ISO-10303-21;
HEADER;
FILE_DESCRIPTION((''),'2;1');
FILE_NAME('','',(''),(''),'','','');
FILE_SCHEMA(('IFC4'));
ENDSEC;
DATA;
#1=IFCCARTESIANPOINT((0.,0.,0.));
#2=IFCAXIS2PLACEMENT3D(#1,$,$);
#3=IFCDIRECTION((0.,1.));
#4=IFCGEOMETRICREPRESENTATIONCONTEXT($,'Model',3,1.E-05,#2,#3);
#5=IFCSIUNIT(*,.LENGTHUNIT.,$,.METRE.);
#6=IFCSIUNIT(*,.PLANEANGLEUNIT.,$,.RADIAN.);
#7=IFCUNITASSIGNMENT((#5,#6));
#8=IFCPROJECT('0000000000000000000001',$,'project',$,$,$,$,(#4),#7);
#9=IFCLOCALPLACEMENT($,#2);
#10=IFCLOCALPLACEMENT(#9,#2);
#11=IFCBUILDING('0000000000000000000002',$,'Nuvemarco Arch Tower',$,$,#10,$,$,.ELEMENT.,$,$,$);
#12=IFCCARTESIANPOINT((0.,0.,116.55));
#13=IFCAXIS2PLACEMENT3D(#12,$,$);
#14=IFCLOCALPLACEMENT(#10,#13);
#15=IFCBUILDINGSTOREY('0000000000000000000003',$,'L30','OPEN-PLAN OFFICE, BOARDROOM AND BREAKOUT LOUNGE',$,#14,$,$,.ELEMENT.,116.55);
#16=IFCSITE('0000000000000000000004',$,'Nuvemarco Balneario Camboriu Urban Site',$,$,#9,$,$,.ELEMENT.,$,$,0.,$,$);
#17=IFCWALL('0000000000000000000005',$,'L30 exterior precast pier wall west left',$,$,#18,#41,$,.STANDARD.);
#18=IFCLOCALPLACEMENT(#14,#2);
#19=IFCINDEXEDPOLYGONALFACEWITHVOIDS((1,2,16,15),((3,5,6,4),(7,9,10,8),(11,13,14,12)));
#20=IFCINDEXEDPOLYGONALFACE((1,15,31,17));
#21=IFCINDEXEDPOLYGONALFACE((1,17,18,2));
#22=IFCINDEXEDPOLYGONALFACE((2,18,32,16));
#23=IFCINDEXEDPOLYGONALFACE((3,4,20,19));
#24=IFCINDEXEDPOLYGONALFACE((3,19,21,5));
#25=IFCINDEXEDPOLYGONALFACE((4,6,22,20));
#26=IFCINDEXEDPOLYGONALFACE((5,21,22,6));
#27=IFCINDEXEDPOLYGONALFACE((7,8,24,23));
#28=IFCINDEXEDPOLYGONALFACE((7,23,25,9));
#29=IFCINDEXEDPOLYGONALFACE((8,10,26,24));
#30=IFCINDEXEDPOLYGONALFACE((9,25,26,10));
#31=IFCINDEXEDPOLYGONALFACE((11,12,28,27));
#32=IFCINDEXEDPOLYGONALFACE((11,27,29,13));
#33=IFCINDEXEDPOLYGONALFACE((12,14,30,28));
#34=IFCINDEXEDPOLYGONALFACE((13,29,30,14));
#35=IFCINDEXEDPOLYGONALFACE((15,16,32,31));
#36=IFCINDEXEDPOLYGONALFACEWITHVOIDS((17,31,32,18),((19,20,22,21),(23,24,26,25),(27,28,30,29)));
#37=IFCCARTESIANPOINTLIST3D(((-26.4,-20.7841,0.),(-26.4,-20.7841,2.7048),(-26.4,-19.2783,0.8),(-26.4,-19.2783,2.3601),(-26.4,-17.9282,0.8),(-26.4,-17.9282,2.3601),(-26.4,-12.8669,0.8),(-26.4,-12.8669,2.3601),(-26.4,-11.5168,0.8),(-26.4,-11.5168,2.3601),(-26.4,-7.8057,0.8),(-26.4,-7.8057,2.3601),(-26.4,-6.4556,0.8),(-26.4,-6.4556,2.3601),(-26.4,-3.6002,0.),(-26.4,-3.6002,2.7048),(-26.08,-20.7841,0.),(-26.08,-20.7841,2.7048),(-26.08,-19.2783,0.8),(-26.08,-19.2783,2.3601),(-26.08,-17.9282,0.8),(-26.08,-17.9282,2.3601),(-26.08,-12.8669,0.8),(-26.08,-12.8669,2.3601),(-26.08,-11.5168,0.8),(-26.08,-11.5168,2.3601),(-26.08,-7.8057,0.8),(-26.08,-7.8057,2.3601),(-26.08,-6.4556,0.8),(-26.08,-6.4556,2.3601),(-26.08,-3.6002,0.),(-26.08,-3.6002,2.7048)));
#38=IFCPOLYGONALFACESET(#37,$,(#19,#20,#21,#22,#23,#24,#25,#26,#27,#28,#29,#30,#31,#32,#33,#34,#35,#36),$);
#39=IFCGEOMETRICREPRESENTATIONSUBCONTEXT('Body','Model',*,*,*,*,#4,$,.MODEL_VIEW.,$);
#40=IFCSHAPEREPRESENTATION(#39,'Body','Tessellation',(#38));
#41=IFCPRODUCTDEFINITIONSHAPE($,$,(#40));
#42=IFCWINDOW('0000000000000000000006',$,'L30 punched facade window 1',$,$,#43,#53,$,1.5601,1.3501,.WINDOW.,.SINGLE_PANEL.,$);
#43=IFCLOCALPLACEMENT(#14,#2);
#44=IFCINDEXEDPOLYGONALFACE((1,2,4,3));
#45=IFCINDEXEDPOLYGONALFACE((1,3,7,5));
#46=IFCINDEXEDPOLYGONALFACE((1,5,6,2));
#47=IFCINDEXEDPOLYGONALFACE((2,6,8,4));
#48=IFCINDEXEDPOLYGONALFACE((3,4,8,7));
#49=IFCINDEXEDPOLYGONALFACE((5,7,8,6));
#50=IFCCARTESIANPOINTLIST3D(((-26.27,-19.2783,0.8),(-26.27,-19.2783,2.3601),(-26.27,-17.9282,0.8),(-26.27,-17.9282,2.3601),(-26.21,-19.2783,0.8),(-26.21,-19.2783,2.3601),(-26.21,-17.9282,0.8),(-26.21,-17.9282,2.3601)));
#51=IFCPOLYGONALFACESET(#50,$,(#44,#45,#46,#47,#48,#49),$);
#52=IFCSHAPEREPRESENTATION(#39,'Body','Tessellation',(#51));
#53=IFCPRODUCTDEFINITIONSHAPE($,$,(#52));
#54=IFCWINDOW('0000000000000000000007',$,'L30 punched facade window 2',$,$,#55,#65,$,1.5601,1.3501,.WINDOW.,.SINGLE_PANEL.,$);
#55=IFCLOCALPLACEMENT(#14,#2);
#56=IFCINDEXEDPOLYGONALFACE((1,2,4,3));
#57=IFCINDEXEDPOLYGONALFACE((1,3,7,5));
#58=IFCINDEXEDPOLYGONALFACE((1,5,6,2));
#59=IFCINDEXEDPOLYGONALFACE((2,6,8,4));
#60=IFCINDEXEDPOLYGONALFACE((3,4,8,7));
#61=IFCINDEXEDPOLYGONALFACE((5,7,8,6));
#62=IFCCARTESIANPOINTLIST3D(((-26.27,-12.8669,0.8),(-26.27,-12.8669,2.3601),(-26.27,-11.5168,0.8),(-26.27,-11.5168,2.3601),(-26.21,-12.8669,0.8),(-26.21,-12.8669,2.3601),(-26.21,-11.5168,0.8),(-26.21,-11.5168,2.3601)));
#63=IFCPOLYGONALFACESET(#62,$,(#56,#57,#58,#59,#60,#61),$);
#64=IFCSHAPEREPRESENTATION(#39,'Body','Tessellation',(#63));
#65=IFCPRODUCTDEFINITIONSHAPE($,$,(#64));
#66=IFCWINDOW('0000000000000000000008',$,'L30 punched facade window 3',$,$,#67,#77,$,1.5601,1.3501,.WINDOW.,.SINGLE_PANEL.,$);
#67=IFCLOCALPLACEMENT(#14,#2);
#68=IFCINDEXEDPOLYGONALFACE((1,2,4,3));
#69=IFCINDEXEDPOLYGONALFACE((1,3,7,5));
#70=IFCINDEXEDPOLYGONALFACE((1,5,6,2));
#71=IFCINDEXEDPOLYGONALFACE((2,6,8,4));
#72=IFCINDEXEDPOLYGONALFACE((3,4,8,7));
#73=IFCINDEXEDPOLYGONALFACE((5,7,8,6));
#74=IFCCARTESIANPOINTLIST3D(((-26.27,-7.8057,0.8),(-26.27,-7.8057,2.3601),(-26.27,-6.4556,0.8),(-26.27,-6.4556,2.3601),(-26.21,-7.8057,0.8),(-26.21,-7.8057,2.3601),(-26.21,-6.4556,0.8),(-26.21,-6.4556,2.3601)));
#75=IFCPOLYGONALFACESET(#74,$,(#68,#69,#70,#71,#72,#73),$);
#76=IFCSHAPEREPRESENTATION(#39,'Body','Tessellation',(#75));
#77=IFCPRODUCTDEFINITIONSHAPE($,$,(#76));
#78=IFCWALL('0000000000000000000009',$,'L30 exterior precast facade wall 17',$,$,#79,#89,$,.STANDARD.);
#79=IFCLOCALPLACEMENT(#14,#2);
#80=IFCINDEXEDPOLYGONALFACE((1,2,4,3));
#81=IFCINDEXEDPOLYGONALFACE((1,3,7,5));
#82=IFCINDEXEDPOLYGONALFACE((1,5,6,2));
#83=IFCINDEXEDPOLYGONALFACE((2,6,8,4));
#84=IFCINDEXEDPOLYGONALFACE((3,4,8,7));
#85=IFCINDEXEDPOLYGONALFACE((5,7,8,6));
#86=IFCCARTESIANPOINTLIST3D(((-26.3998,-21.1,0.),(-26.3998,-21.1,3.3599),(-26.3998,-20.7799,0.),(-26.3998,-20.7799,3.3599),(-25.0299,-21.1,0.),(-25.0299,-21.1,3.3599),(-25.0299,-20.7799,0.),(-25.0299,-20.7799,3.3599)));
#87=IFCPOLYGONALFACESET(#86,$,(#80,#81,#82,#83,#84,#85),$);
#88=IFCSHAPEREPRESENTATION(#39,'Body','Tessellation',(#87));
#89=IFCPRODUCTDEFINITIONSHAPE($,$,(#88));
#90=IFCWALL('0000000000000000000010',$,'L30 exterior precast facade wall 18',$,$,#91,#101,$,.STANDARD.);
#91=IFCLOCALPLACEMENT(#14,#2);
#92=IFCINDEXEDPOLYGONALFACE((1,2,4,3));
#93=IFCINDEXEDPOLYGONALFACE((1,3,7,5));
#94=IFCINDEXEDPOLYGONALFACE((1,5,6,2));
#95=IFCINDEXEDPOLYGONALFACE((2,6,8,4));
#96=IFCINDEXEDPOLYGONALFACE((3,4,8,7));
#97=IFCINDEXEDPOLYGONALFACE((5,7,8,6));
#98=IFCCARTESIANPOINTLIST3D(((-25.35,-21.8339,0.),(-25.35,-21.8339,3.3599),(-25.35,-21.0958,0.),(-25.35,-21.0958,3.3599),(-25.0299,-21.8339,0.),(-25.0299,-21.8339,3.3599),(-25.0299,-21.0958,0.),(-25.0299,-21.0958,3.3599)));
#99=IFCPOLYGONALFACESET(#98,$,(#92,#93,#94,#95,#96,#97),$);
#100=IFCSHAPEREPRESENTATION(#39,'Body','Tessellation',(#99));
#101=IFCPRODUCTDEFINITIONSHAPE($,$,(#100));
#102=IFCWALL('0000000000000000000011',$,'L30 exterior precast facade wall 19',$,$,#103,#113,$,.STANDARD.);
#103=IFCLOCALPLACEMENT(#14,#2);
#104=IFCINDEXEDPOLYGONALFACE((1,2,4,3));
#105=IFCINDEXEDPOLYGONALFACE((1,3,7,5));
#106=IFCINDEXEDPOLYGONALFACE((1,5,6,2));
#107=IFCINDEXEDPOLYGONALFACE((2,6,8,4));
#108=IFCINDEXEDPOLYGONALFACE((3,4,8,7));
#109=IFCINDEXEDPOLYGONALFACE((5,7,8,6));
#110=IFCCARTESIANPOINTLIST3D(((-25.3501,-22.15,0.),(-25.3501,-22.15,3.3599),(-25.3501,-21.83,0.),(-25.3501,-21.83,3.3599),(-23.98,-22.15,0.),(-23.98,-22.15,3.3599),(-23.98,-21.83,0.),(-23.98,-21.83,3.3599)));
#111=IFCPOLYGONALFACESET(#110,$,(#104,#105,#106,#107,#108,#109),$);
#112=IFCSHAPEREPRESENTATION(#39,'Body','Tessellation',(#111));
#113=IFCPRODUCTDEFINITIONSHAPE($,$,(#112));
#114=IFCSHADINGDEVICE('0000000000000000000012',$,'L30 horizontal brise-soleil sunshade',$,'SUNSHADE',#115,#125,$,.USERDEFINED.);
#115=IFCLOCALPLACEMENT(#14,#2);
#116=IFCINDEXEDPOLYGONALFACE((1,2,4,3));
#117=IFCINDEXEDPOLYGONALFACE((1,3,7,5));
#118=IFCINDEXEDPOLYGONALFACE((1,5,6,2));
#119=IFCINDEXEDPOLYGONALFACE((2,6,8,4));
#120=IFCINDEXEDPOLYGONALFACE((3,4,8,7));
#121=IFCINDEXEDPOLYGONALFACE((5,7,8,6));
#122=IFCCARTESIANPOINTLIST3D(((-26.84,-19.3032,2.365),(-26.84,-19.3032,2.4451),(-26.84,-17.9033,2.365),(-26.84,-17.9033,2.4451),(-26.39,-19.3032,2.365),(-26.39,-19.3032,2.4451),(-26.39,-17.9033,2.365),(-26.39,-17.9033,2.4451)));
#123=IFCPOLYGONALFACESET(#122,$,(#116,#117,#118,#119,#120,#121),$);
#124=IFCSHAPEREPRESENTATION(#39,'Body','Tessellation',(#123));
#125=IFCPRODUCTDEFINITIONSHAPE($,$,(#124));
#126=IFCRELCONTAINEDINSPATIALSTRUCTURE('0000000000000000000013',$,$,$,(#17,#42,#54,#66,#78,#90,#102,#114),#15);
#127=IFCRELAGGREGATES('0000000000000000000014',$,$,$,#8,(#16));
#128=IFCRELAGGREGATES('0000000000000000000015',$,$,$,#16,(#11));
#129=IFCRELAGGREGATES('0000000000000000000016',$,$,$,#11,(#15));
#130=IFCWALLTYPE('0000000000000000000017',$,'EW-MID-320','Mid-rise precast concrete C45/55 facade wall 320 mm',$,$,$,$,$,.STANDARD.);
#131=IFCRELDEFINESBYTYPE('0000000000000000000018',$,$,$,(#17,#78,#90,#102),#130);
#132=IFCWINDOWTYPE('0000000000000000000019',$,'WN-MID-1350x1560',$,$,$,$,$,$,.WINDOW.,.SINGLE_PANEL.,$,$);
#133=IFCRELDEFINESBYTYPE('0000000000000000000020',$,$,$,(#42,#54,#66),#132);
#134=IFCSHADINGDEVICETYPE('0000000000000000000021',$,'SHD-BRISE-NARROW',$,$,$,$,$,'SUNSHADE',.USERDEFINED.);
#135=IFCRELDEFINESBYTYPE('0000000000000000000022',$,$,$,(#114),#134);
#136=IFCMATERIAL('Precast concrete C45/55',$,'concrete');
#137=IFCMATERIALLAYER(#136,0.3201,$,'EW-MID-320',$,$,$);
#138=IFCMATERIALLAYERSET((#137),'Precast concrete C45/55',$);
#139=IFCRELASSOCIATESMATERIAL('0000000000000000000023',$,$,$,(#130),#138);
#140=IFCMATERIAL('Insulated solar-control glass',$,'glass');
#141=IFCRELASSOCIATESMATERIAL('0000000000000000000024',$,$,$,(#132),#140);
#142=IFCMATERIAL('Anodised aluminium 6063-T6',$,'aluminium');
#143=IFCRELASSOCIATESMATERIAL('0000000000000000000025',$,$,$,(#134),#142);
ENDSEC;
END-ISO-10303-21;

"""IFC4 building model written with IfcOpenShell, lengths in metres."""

from ifc_helpers import new_model, si_unit, direction, frame, frame_2d, origin, origin_2d, place, context, subcontext, project, spatial, rectangle, extrude, source, transform, mapped, material, layer, layer_set, type_object, type_shapes, element, fill, save


model = new_model("IFC4")

# Units and contexts
model_context = context("Model", 3, precision=1e-05, world=origin(), true_north=direction((0.0, 1.0)))
body_context = subcontext(model_context, "Body", "Model", "MODEL_VIEW")
ifc_project = project(units=[si_unit("LENGTHUNIT", "METRE"), si_unit("PLANEANGLEUNIT", "RADIAN")], contexts=[model_context])

# Site, building, storey
site_placement = place(None, origin())
site = spatial("IfcSite", under=ifc_project, at=site_placement, Name="Nuvemarco Balneario Camboriu Urban Site", CompositionType="ELEMENT", RefElevation=0.0)
building_placement = place(site_placement, origin())
building = spatial("IfcBuilding", under=site, at=building_placement, Name="Nuvemarco Arch Tower", CompositionType="ELEMENT")
storey_placement = place(building_placement, frame((0.0, 0.0, 116.55)))
storey = spatial("IfcBuildingStorey", under=building, at=storey_placement, Name="L30", Description="OPEN-PLAN OFFICE, BOARDROOM AND BREAKOUT LOUNGE", CompositionType="ELEMENT", Elevation=116.55)

# Shared definitions
ifc_material_1 = material(Name="Precast concrete C45/55", Category="concrete")

# Wall, openings, windows
ifc_layer = layer(ifc_material_1, 0.3201, Name="EW-MID-320")
ifc_layer_set = layer_set([ifc_layer], Name="Precast concrete C45/55")
wall_type = type_object("IfcWallType", Name="EW-MID-320", Description="Mid-rise precast concrete C45/55 facade wall 320 mm", PredefinedType="STANDARD", material=ifc_layer_set)
wall_1_placement = place(storey_placement, frame((-26.24, -20.7839, 0.0), z_axis=(0.0, 0.0, 1.0), x_axis=(0.0, 1.0, 0.0)))
wall_1 = element("IfcWall", 1, at=wall_1_placement, inside=storey, type_object=wall_type, Name="L30 exterior precast pier wall west left", PredefinedType="STANDARD", context=body_context, shape_type="SweptSolid", body=[
    extrude(rectangle(XDim=17.1838, YDim=0.3201, at=frame_2d((8.5918, 0.0))), origin(), (0.0, 0.0, 1.0), 2.7048),
])
opening_1_placement = place(wall_1_placement, frame((1.5056, 0.0, 0.8)))
opening_1 = element("IfcOpeningElement", 2, at=opening_1_placement, cuts=wall_1, PredefinedType="OPENING", context=body_context, shape_type="SweptSolid", body=[
    extrude(rectangle(XDim=1.3501, YDim=1.5601, at=frame_2d((0.675, 0.78))), frame((0.0, 0.1699, 0.0), z_axis=(0.0, -1.0, 0.0), x_axis=(1.0, 0.0, 0.0)), (0.0, 0.0, 1.0), 0.3401),
])
opening_2_placement = place(wall_1_placement, frame((7.917, 0.0, 0.8)))
opening_2 = element("IfcOpeningElement", 3, at=opening_2_placement, cuts=wall_1, PredefinedType="OPENING", context=body_context, shape_type="SweptSolid", body=[
    extrude(rectangle(XDim=1.3501, YDim=1.5601, at=frame_2d((0.675, 0.78))), frame((0.0, 0.1699, 0.0), z_axis=(0.0, -1.0, 0.0), x_axis=(1.0, 0.0, 0.0)), (0.0, 0.0, 1.0), 0.3401),
])
opening_3_placement = place(wall_1_placement, frame((12.9783, 0.0, 0.8)))
opening_3 = element("IfcOpeningElement", 4, at=opening_3_placement, cuts=wall_1, PredefinedType="OPENING", context=body_context, shape_type="SweptSolid", body=[
    extrude(rectangle(XDim=1.3501, YDim=1.5601, at=frame_2d((0.675, 0.78))), frame((0.0, 0.1699, 0.0), z_axis=(0.0, -1.0, 0.0), x_axis=(1.0, 0.0, 0.0)), (0.0, 0.0, 1.0), 0.3401),
])
ifc_material_2 = material(Name="Insulated solar-control glass", Category="glass")
window_type = type_object("IfcWindowType", Name="WN-MID-1350x1560", PartitioningType="SINGLE_PANEL", PredefinedType="WINDOW", material=ifc_material_2)
shared_shape_1 = source(origin(), body_context, "Body", "SweptSolid", [
    extrude(rectangle(XDim=1.3501, YDim=1.5601, at=frame_2d((0.675, 0.78))), frame((0.0, 0.03, 0.0), z_axis=(0.0, -1.0, 0.0), x_axis=(1.0, 0.0, 0.0)), (0.0, 0.0, 1.0), 0.0601),
])
type_shapes(window_type, [shared_shape_1])
window_1_placement = place(opening_1_placement, origin())
window_1 = element("IfcWindow", 5, at=window_1_placement, inside=storey, type_object=window_type, Name="L30 punched facade window 1", OverallHeight=1.5601, OverallWidth=1.3501, PartitioningType="SINGLE_PANEL", PredefinedType="WINDOW", context=body_context, shape_type="MappedRepresentation", body=[
    mapped(shared_shape_1, transform((0.0, 0.0, 0.0), scale=1.0)),
])
fill(opening_1, window_1)
window_2_placement = place(opening_2_placement, origin())
window_2 = element("IfcWindow", 6, at=window_2_placement, inside=storey, type_object=window_type, Name="L30 punched facade window 2", OverallHeight=1.5601, OverallWidth=1.3501, PartitioningType="SINGLE_PANEL", PredefinedType="WINDOW", context=body_context, shape_type="MappedRepresentation", body=[
    mapped(shared_shape_1, transform((0.0, 0.0, 0.0), scale=1.0)),
])
fill(opening_2, window_2)
window_3_placement = place(opening_3_placement, origin())
window_3 = element("IfcWindow", 7, at=window_3_placement, inside=storey, type_object=window_type, Name="L30 punched facade window 3", OverallHeight=1.5601, OverallWidth=1.3501, PartitioningType="SINGLE_PANEL", PredefinedType="WINDOW", context=body_context, shape_type="MappedRepresentation", body=[
    mapped(shared_shape_1, transform((0.0, 0.0, 0.0), scale=1.0)),
])
fill(opening_3, window_3)

# Walls
wall_2_placement = place(storey_placement, frame((-26.3999, -20.9399, 0.0), z_axis=(0.0, 0.0, 1.0), x_axis=(1.0, 0.0, 0.0)))
element("IfcWall", 8, at=wall_2_placement, inside=storey, type_object=wall_type, Name="L30 exterior precast facade wall 17", PredefinedType="STANDARD", context=body_context, shape_type="SweptSolid", body=[
    extrude(rectangle(XDim=1.3699, YDim=0.3201, at=frame_2d((0.6851, 0.0))), origin(), (0.0, 0.0, 1.0), 3.3599),
])
wall_3_placement = place(storey_placement, frame((-25.1899, -21.834, 0.0), z_axis=(0.0, 0.0, 1.0), x_axis=(0.0, 1.0, 0.0)))
element("IfcWall", 9, at=wall_3_placement, inside=storey, type_object=wall_type, Name="L30 exterior precast facade wall 18", PredefinedType="STANDARD", context=body_context, shape_type="SweptSolid", body=[
    extrude(rectangle(XDim=0.738, YDim=0.3201, at=frame_2d((0.3691, 0.0))), origin(), (0.0, 0.0, 1.0), 3.3599),
])
wall_4_placement = place(storey_placement, frame((-25.3501, -21.99, 0.0), z_axis=(0.0, 0.0, 1.0), x_axis=(1.0, 0.0, 0.0)))
element("IfcWall", 10, at=wall_4_placement, inside=storey, type_object=wall_type, Name="L30 exterior precast facade wall 19", PredefinedType="STANDARD", context=body_context, shape_type="SweptSolid", body=[
    extrude(rectangle(XDim=1.3701, YDim=0.3201, at=frame_2d((0.6851, 0.0))), origin(), (0.0, 0.0, 1.0), 3.3599),
])

# Shading device
ifc_material_3 = material(Name="Anodised aluminium 6063-T6", Category="aluminium")
shading_device_type = type_object("IfcShadingDeviceType", Name="SHD-BRISE-NARROW", ElementType="SUNSHADE", PredefinedType="USERDEFINED", material=ifc_material_3)
shared_shape_2 = source(origin(), body_context, "Body", "SweptSolid", [
    extrude(rectangle(XDim=1.3999, YDim=0.45, at=origin_2d()), origin(), (0.0, 0.0, 1.0), 0.0801),
])
type_shapes(shading_device_type, [shared_shape_2])
shading_device_placement = place(storey_placement, frame((-26.615, -18.6033, 2.365), z_axis=(0.0, 0.0, 1.0), x_axis=(0.0, 1.0, 0.0)))
element("IfcShadingDevice", 11, at=shading_device_placement, inside=storey, type_object=shading_device_type, Name="L30 horizontal brise-soleil sunshade", ObjectType="SUNSHADE", PredefinedType="USERDEFINED", context=body_context, shape_type="MappedRepresentation", body=[
    mapped(shared_shape_2, transform((0.0, 0.0, 0.0), scale=1.0)),
])

save(model, "model.ifc")
